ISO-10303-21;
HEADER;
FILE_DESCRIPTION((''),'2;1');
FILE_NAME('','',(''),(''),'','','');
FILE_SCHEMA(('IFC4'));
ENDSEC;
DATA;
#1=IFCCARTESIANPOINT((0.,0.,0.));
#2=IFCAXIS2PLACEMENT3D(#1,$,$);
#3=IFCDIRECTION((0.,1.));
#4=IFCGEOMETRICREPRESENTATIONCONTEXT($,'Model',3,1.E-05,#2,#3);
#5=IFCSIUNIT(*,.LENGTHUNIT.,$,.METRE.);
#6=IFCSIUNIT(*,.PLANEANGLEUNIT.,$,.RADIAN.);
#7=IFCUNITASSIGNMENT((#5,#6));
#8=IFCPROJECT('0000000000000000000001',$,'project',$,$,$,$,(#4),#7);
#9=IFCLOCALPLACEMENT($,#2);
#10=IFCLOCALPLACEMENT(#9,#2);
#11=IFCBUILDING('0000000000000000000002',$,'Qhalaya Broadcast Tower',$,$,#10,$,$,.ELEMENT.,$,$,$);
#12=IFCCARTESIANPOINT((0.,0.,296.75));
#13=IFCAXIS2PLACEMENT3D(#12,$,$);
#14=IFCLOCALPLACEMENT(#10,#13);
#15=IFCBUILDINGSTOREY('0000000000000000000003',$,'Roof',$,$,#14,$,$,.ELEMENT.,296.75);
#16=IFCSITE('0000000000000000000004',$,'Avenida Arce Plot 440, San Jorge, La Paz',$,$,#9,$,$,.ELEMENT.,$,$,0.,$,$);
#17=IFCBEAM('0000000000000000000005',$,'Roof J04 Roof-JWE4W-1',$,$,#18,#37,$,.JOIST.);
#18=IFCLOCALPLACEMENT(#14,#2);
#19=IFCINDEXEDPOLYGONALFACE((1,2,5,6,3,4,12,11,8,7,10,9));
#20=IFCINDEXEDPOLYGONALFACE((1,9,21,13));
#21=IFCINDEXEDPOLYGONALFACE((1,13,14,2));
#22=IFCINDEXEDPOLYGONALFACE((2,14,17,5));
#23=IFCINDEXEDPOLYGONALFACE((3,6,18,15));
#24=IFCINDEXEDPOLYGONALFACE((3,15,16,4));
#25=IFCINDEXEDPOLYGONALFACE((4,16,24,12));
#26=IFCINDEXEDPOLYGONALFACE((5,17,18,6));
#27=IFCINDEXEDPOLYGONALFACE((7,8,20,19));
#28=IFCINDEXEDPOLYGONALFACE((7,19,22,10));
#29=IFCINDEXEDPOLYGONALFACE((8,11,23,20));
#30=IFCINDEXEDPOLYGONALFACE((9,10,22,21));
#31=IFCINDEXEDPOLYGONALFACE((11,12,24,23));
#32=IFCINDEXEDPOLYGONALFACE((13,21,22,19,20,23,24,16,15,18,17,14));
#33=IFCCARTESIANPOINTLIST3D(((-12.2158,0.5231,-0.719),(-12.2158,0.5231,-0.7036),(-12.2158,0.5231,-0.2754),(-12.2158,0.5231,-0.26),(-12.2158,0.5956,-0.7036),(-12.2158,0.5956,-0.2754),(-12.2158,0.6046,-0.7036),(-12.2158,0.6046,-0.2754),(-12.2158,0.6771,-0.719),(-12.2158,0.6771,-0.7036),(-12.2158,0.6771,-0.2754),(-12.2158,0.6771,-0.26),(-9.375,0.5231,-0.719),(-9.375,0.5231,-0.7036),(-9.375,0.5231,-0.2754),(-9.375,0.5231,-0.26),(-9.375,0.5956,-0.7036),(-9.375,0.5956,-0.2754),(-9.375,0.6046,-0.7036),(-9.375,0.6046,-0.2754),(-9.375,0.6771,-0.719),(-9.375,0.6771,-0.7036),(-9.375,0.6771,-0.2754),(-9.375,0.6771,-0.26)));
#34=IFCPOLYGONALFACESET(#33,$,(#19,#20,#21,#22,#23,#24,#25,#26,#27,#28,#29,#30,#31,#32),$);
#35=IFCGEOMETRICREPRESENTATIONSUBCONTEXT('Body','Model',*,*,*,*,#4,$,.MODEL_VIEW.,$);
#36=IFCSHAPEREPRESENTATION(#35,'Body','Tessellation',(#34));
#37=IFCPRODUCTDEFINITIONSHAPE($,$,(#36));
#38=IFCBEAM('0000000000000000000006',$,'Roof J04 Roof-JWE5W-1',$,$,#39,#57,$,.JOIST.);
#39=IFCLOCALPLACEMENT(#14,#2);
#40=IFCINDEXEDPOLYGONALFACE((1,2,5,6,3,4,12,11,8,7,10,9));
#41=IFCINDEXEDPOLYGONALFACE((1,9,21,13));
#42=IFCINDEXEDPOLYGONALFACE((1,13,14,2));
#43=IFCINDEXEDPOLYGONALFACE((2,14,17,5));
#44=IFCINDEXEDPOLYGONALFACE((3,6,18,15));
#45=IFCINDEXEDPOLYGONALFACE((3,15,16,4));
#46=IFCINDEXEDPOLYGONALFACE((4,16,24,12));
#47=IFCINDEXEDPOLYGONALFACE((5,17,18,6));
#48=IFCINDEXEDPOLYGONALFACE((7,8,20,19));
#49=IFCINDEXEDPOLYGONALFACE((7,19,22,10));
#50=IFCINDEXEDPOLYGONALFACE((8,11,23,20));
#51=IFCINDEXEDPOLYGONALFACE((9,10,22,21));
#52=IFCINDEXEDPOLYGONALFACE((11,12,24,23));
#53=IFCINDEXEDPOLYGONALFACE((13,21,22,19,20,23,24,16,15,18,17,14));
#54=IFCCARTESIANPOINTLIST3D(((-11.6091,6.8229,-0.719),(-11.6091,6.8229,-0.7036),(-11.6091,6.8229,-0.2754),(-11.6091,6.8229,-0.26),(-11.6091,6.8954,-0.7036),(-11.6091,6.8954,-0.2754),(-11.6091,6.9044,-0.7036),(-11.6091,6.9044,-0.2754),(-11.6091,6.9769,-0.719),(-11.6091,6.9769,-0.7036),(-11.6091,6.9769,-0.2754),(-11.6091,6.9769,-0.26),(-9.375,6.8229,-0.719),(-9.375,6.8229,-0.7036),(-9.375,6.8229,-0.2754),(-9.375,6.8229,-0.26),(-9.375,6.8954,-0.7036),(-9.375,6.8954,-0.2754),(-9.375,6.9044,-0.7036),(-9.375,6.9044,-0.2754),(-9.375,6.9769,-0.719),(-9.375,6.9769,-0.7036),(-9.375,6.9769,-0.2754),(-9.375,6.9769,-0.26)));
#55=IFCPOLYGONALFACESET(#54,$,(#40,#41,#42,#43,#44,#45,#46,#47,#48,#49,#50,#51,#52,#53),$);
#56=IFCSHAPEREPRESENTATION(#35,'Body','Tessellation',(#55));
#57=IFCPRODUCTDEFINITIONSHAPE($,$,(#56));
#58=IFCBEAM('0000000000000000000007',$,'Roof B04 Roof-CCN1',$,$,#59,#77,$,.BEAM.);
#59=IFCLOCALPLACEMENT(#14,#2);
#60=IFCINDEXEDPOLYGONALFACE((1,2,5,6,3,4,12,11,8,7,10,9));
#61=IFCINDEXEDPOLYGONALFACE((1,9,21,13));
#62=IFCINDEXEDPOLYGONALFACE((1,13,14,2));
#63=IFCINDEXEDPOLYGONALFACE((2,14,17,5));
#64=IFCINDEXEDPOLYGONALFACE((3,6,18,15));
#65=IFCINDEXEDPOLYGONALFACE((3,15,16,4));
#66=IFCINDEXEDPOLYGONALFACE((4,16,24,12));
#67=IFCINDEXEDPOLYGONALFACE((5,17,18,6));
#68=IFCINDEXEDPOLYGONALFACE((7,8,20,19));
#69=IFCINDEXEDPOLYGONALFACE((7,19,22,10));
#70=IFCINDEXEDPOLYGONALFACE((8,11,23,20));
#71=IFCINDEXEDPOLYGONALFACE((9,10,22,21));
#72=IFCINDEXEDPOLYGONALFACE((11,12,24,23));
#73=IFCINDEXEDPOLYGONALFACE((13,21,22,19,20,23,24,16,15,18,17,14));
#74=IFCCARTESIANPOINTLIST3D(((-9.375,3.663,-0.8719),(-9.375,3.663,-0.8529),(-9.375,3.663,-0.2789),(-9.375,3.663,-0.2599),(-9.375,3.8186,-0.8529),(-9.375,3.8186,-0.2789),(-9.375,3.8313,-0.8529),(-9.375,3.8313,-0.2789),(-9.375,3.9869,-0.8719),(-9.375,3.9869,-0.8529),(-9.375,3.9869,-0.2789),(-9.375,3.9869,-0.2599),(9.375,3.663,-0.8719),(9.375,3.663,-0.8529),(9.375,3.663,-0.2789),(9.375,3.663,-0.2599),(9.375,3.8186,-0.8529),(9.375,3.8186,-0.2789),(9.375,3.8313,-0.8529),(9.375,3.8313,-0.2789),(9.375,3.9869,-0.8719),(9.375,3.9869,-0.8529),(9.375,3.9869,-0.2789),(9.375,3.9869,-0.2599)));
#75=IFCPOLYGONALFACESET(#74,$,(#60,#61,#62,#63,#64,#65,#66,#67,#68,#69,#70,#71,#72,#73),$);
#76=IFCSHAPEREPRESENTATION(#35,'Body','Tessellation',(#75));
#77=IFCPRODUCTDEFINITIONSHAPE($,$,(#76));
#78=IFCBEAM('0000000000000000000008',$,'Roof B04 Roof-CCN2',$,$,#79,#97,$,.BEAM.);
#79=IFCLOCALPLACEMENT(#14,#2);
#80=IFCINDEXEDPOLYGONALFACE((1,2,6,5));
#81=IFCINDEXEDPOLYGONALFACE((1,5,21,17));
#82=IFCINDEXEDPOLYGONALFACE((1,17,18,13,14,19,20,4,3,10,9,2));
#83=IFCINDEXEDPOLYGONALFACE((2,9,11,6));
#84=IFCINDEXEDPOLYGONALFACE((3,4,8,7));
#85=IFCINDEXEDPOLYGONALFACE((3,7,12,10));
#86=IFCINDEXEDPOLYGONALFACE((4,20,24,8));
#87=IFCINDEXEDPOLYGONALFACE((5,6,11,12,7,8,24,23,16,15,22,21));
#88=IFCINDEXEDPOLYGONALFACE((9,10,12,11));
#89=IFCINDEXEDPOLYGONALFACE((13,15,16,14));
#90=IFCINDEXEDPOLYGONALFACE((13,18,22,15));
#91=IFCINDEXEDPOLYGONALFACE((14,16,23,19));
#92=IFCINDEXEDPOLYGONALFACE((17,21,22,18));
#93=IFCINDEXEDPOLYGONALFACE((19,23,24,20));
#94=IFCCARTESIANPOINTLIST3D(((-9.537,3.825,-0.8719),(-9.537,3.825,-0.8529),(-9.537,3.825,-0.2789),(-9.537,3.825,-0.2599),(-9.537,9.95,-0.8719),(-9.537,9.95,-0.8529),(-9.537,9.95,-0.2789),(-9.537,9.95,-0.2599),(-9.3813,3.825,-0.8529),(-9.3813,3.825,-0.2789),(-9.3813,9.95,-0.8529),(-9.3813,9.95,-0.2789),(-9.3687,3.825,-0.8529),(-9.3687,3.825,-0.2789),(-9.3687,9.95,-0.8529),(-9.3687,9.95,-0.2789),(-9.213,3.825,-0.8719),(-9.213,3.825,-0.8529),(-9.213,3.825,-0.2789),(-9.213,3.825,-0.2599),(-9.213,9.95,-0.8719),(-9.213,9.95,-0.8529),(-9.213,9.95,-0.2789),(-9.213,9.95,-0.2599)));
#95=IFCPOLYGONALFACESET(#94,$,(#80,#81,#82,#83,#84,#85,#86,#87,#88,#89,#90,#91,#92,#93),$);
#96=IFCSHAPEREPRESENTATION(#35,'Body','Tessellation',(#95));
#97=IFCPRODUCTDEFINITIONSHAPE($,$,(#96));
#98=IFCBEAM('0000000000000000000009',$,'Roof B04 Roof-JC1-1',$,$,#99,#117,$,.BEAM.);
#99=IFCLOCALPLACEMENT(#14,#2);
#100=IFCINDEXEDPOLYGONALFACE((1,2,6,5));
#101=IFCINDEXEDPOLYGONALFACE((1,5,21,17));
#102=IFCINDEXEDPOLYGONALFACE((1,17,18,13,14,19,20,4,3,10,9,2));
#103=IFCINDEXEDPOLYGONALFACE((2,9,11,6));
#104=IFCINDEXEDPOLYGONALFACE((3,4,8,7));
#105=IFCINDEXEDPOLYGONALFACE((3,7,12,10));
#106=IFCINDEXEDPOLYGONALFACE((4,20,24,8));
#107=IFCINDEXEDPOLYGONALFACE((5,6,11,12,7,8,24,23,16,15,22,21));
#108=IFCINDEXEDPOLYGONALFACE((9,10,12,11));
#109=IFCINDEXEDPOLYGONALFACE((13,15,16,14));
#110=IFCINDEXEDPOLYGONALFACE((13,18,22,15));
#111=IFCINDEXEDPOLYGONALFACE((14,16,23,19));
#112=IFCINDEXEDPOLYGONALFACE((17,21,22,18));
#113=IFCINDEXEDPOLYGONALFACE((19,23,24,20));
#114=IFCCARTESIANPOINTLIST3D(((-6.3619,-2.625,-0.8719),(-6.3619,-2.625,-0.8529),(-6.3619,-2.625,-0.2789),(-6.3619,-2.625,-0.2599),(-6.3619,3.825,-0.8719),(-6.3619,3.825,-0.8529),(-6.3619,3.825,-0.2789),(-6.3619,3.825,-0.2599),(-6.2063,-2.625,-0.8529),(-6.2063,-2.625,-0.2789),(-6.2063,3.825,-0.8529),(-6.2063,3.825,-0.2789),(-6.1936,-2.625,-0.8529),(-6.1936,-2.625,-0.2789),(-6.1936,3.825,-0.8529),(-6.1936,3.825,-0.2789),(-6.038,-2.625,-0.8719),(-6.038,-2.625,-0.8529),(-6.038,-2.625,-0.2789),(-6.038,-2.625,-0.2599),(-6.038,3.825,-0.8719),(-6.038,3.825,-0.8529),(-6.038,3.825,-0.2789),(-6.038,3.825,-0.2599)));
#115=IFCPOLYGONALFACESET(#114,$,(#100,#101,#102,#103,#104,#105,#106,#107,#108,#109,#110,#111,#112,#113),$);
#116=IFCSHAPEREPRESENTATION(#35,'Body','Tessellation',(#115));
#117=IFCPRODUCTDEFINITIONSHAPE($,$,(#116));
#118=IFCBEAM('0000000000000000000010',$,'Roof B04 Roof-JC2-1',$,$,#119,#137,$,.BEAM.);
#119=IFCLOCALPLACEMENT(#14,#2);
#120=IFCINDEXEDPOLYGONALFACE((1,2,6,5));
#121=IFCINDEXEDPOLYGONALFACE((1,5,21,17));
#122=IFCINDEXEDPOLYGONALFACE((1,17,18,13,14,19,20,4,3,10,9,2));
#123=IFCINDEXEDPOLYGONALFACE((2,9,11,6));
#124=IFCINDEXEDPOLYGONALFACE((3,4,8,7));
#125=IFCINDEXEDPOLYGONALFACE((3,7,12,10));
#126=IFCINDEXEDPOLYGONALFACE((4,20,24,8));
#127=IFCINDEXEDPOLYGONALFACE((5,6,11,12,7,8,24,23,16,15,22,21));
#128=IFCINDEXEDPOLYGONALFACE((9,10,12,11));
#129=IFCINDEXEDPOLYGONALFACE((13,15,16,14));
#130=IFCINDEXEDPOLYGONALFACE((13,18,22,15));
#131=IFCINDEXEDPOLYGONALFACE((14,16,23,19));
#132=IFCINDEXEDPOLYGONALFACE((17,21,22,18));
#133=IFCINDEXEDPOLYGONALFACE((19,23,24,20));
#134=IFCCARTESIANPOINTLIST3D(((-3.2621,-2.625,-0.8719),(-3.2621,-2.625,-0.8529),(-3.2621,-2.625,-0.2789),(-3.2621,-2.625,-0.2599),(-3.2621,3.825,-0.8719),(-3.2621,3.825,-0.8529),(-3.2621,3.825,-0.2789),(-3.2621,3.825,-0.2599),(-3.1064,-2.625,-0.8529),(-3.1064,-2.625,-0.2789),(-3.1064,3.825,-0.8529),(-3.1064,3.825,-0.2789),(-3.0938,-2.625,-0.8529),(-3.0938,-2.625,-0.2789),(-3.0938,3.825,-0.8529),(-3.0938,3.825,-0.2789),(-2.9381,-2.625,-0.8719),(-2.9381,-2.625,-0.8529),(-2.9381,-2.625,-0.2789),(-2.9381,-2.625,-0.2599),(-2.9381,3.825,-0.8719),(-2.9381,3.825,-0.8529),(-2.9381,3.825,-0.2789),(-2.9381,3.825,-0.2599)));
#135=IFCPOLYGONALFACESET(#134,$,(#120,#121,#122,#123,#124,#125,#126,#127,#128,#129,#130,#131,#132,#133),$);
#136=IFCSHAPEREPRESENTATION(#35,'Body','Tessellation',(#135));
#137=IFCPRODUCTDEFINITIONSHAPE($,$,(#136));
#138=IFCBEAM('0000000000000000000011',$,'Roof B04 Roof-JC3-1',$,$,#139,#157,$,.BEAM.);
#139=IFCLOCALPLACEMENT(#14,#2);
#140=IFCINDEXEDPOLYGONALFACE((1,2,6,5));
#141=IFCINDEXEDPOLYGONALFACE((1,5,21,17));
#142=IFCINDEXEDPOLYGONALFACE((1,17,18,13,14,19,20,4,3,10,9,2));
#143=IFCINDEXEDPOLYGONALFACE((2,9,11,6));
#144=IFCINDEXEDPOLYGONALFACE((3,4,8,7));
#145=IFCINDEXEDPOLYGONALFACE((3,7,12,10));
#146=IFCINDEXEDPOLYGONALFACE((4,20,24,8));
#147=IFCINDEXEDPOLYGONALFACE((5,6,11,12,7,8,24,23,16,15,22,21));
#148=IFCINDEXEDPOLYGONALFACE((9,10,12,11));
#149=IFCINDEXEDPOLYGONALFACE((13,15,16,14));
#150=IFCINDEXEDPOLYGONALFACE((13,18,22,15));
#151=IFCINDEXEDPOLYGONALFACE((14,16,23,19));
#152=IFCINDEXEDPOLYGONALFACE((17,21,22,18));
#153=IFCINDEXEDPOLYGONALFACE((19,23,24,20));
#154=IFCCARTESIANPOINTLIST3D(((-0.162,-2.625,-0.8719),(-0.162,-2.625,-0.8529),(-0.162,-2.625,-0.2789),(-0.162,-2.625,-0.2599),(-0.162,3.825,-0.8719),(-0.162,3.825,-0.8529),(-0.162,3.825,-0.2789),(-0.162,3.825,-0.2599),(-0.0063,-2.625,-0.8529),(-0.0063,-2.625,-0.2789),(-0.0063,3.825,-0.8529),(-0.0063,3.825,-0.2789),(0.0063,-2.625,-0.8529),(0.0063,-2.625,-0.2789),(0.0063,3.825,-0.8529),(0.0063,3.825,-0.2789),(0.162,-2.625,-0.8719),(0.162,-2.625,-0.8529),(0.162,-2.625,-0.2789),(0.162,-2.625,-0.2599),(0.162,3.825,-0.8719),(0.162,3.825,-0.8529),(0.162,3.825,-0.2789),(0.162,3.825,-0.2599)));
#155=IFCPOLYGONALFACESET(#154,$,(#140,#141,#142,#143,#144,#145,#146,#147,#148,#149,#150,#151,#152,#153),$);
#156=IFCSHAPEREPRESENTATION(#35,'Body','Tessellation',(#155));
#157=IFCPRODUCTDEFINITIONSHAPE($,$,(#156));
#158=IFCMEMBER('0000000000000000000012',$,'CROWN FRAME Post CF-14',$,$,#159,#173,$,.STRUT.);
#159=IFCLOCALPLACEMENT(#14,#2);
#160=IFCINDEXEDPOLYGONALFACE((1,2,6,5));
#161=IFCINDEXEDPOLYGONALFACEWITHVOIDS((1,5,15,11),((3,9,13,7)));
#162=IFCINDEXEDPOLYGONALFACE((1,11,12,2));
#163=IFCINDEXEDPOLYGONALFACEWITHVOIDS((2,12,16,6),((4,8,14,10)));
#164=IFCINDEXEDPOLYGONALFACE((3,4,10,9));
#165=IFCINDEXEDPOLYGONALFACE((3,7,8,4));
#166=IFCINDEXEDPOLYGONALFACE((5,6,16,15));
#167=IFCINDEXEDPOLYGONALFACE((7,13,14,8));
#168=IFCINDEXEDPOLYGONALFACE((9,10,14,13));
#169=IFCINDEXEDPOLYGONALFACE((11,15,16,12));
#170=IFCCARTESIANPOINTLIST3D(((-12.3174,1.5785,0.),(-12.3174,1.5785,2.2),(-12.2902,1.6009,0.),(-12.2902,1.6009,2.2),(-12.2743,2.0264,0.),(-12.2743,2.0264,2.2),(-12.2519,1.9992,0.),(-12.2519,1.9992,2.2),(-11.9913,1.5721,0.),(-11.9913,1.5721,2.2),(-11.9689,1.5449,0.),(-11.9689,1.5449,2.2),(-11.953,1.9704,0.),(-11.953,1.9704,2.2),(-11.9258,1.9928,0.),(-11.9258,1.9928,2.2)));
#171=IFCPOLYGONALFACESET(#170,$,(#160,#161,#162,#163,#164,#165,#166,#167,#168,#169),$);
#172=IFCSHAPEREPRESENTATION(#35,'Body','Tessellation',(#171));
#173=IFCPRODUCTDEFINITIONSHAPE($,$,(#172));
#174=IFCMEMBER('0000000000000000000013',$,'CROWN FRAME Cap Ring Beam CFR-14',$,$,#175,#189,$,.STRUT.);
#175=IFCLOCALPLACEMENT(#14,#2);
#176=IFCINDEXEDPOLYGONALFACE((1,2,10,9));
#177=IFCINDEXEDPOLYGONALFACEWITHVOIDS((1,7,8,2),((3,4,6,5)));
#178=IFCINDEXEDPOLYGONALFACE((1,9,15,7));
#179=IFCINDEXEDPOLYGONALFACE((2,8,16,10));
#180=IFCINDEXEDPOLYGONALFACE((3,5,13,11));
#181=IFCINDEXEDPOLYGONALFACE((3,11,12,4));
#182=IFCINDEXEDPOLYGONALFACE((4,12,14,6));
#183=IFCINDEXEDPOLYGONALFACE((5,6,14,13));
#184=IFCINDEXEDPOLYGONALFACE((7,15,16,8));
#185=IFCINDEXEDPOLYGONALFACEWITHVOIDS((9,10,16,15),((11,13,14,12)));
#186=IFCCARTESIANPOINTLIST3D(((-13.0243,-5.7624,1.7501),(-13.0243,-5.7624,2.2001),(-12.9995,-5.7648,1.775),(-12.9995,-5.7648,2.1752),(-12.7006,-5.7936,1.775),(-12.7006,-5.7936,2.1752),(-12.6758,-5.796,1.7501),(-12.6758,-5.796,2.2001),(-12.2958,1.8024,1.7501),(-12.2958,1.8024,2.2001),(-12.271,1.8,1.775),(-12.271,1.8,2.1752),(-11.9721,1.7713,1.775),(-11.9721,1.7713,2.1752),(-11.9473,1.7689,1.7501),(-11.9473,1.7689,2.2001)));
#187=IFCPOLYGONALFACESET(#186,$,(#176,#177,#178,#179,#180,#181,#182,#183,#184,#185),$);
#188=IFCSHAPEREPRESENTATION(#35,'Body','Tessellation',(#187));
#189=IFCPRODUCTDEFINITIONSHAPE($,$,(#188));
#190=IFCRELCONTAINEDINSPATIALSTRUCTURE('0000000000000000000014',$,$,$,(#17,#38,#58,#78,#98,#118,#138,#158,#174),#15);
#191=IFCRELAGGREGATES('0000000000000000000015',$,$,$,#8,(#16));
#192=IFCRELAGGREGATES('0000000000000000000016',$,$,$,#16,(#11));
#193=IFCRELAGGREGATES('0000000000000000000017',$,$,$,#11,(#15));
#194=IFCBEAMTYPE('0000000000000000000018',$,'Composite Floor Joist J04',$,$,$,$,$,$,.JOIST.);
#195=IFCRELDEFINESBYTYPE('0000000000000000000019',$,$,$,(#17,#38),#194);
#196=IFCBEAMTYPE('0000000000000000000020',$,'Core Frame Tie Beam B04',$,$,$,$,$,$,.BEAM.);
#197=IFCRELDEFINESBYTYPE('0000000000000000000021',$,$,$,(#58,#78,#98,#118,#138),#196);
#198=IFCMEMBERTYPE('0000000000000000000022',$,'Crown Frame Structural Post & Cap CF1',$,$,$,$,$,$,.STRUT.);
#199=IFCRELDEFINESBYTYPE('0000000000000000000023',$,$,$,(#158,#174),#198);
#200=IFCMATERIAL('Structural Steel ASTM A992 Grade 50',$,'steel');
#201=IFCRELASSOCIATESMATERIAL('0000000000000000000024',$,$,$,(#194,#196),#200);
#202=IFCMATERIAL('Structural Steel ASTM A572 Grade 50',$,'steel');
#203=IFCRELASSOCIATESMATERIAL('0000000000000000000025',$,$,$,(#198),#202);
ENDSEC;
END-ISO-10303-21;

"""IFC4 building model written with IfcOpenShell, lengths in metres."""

from ifc_helpers import new_model, si_unit, direction, frame, origin, origin_2d, place, context, subcontext, project, spatial, hollow_rectangle, i_section, extrude, material, material_profile, profile_set, type_object, element, save


model = new_model("IFC4")

# Units and contexts
model_context = context("Model", 3, precision=1e-05, world=origin(), true_north=direction((0.0, 1.0)))
body_context = subcontext(model_context, "Body", "Model", "MODEL_VIEW")
ifc_project = project(units=[si_unit("LENGTHUNIT", "METRE"), si_unit("PLANEANGLEUNIT", "RADIAN")], contexts=[model_context])

# Site, building, storey
site_placement = place(None, origin())
site = spatial("IfcSite", under=ifc_project, at=site_placement, Name="Avenida Arce Plot 440, San Jorge, La Paz", CompositionType="ELEMENT", RefElevation=0.0)
building_placement = place(site_placement, origin())
building = spatial("IfcBuilding", under=site, at=building_placement, Name="Qhalaya Broadcast Tower", CompositionType="ELEMENT")
storey_placement = place(building_placement, frame((0.0, 0.0, 296.75)))
storey = spatial("IfcBuildingStorey", under=building, at=storey_placement, Name="Roof", CompositionType="ELEMENT", Elevation=296.75)

# Beams
ifc_material_1 = material(Name="Structural Steel ASTM A992 Grade 50", Category="steel")
ifc_material_profile_1 = material_profile(ifc_material_1, i_section(OverallWidth=0.1541, OverallDepth=0.459, WebThickness=0.009, FlangeThickness=0.0154, at=origin_2d()), Name="W18X46")
ifc_profile_set_1 = profile_set([ifc_material_profile_1], Name="Structural Steel ASTM A992 Grade 50")
beam_type_1 = type_object("IfcBeamType", Name="Composite Floor Joist J04", PredefinedType="JOIST", material=ifc_profile_set_1)
beam_1_placement = place(storey_placement, frame((-12.2158, 0.6001, -0.4895), z_axis=(1.0, 0.0, 0.0), x_axis=(0.0, 1.0, 0.0)))
element("IfcBeam", 1, at=beam_1_placement, inside=storey, type_object=beam_type_1, Name="Roof J04 Roof-JWE4W-1", PredefinedType="JOIST", context=body_context, shape_type="SweptSolid", body=[
    extrude(i_section(OverallWidth=0.1541, OverallDepth=0.459, WebThickness=0.009, FlangeThickness=0.0154, at=origin_2d()), origin(), (0.0, 0.0, 1.0), 2.8408),
])
beam_2_placement = place(storey_placement, frame((-11.6091, 6.8999, -0.4895), z_axis=(1.0, 0.0, 0.0), x_axis=(0.0, 1.0, 0.0)))
element("IfcBeam", 2, at=beam_2_placement, inside=storey, type_object=beam_type_1, Name="Roof J04 Roof-JWE5W-1", PredefinedType="JOIST", context=body_context, shape_type="SweptSolid", body=[
    extrude(i_section(OverallWidth=0.1541, OverallDepth=0.459, WebThickness=0.009, FlangeThickness=0.0154, at=origin_2d()), origin(), (0.0, 0.0, 1.0), 2.2341),
])
ifc_material_profile_2 = material_profile(ifc_material_1, i_section(OverallWidth=0.324, OverallDepth=0.6121, WebThickness=0.0127, FlangeThickness=0.019, at=origin_2d()), Name="W24X104")
ifc_profile_set_2 = profile_set([ifc_material_profile_2], Name="Structural Steel ASTM A992 Grade 50")
beam_type_2 = type_object("IfcBeamType", Name="Core Frame Tie Beam B04", PredefinedType="BEAM", material=ifc_profile_set_2)
beam_3_placement = place(storey_placement, frame((-9.375, 3.825, -0.5659), z_axis=(1.0, 0.0, 0.0), x_axis=(0.0, 1.0, 0.0)))
element("IfcBeam", 3, at=beam_3_placement, inside=storey, type_object=beam_type_2, Name="Roof B04 Roof-CCN1", PredefinedType="BEAM", context=body_context, shape_type="SweptSolid", body=[
    extrude(i_section(OverallWidth=0.324, OverallDepth=0.6121, WebThickness=0.0127, FlangeThickness=0.019, at=origin_2d()), origin(), (0.0, 0.0, 1.0), 18.75),
])
beam_4_placement = place(storey_placement, frame((-9.375, 3.825, -0.5659), z_axis=(0.0, 1.0, 0.0), x_axis=(-1.0, 0.0, 0.0)))
element("IfcBeam", 4, at=beam_4_placement, inside=storey, type_object=beam_type_2, Name="Roof B04 Roof-CCN2", PredefinedType="BEAM", context=body_context, shape_type="SweptSolid", body=[
    extrude(i_section(OverallWidth=0.324, OverallDepth=0.6121, WebThickness=0.0127, FlangeThickness=0.019, at=origin_2d()), origin(), (0.0, 0.0, 1.0), 6.125),
])
for number, where, z_axis, x_axis, name in (
    (5, (-6.2, -2.625, -0.5659), (0.0, 1.0, 0.0), (-1.0, 0.0, 0.0), "Roof B04 Roof-JC1-1"),
    (6, (-3.1001, -2.625, -0.5659), (0.0, 1.0, 0.0), (-1.0, 0.0, 0.0), "Roof B04 Roof-JC2-1"),
    (7, (0.0, -2.625, -0.5659), (0.0, 1.0, 0.0), (-1.0, 0.0, 0.0), "Roof B04 Roof-JC3-1"),
):
    element("IfcBeam", number, at=place(storey_placement, frame(where, z_axis=z_axis, x_axis=x_axis)), inside=storey, type_object=beam_type_2, Name=name, PredefinedType="BEAM", context=body_context, shape_type="SweptSolid", body=[
        extrude(i_section(OverallWidth=0.324, OverallDepth=0.6121, WebThickness=0.0127, FlangeThickness=0.019, at=origin_2d()), origin(), (0.0, 0.0, 1.0), 6.45),
    ])

# Members
ifc_material_2 = material(Name="Structural Steel ASTM A572 Grade 50", Category="steel")
ifc_material_profile_3 = material_profile(ifc_material_2, hollow_rectangle(XDim=0.3501, YDim=0.45, WallThickness=0.0249, at=origin_2d()), Name="BOX 350x450x25")
ifc_profile_set_3 = profile_set([ifc_material_profile_3], Name="Structural Steel ASTM A572 Grade 50")
member_type = type_object("IfcMemberType", Name="Crown Frame Structural Post & Cap CF1", PredefinedType="STRUT", material=ifc_profile_set_3)
member_1_placement = place(storey_placement, frame((-12.1216, 1.7856, 0.0), z_axis=(0.0, 0.0, 1.0), x_axis=(0.995396, -0.095846, 0.0)))
element("IfcMember", 8, at=member_1_placement, inside=storey, type_object=member_type, Name="CROWN FRAME Post CF-14", PredefinedType="STRUT", context=body_context, shape_type="SweptSolid", body=[
    extrude(hollow_rectangle(XDim=0.3501, YDim=0.45, WallThickness=0.0249, at=origin_2d()), origin(), (0.0, 0.0, 1.0), 2.2),
])
member_2_placement = place(storey_placement, frame((-12.1216, 1.7856, 1.9751), z_axis=(-0.095858, -0.995395, 0.0), x_axis=(0.995395, -0.095858, 0.0)))
element("IfcMember", 9, at=member_2_placement, inside=storey, type_object=member_type, Name="CROWN FRAME Cap Ring Beam CFR-14", PredefinedType="STRUT", context=body_context, shape_type="SweptSolid", body=[
    extrude(hollow_rectangle(XDim=0.3501, YDim=0.45, WallThickness=0.0249, at=origin_2d()), origin(), (0.0, 0.0, 1.0), 7.5999),
])

save(model, "model.ifc")
